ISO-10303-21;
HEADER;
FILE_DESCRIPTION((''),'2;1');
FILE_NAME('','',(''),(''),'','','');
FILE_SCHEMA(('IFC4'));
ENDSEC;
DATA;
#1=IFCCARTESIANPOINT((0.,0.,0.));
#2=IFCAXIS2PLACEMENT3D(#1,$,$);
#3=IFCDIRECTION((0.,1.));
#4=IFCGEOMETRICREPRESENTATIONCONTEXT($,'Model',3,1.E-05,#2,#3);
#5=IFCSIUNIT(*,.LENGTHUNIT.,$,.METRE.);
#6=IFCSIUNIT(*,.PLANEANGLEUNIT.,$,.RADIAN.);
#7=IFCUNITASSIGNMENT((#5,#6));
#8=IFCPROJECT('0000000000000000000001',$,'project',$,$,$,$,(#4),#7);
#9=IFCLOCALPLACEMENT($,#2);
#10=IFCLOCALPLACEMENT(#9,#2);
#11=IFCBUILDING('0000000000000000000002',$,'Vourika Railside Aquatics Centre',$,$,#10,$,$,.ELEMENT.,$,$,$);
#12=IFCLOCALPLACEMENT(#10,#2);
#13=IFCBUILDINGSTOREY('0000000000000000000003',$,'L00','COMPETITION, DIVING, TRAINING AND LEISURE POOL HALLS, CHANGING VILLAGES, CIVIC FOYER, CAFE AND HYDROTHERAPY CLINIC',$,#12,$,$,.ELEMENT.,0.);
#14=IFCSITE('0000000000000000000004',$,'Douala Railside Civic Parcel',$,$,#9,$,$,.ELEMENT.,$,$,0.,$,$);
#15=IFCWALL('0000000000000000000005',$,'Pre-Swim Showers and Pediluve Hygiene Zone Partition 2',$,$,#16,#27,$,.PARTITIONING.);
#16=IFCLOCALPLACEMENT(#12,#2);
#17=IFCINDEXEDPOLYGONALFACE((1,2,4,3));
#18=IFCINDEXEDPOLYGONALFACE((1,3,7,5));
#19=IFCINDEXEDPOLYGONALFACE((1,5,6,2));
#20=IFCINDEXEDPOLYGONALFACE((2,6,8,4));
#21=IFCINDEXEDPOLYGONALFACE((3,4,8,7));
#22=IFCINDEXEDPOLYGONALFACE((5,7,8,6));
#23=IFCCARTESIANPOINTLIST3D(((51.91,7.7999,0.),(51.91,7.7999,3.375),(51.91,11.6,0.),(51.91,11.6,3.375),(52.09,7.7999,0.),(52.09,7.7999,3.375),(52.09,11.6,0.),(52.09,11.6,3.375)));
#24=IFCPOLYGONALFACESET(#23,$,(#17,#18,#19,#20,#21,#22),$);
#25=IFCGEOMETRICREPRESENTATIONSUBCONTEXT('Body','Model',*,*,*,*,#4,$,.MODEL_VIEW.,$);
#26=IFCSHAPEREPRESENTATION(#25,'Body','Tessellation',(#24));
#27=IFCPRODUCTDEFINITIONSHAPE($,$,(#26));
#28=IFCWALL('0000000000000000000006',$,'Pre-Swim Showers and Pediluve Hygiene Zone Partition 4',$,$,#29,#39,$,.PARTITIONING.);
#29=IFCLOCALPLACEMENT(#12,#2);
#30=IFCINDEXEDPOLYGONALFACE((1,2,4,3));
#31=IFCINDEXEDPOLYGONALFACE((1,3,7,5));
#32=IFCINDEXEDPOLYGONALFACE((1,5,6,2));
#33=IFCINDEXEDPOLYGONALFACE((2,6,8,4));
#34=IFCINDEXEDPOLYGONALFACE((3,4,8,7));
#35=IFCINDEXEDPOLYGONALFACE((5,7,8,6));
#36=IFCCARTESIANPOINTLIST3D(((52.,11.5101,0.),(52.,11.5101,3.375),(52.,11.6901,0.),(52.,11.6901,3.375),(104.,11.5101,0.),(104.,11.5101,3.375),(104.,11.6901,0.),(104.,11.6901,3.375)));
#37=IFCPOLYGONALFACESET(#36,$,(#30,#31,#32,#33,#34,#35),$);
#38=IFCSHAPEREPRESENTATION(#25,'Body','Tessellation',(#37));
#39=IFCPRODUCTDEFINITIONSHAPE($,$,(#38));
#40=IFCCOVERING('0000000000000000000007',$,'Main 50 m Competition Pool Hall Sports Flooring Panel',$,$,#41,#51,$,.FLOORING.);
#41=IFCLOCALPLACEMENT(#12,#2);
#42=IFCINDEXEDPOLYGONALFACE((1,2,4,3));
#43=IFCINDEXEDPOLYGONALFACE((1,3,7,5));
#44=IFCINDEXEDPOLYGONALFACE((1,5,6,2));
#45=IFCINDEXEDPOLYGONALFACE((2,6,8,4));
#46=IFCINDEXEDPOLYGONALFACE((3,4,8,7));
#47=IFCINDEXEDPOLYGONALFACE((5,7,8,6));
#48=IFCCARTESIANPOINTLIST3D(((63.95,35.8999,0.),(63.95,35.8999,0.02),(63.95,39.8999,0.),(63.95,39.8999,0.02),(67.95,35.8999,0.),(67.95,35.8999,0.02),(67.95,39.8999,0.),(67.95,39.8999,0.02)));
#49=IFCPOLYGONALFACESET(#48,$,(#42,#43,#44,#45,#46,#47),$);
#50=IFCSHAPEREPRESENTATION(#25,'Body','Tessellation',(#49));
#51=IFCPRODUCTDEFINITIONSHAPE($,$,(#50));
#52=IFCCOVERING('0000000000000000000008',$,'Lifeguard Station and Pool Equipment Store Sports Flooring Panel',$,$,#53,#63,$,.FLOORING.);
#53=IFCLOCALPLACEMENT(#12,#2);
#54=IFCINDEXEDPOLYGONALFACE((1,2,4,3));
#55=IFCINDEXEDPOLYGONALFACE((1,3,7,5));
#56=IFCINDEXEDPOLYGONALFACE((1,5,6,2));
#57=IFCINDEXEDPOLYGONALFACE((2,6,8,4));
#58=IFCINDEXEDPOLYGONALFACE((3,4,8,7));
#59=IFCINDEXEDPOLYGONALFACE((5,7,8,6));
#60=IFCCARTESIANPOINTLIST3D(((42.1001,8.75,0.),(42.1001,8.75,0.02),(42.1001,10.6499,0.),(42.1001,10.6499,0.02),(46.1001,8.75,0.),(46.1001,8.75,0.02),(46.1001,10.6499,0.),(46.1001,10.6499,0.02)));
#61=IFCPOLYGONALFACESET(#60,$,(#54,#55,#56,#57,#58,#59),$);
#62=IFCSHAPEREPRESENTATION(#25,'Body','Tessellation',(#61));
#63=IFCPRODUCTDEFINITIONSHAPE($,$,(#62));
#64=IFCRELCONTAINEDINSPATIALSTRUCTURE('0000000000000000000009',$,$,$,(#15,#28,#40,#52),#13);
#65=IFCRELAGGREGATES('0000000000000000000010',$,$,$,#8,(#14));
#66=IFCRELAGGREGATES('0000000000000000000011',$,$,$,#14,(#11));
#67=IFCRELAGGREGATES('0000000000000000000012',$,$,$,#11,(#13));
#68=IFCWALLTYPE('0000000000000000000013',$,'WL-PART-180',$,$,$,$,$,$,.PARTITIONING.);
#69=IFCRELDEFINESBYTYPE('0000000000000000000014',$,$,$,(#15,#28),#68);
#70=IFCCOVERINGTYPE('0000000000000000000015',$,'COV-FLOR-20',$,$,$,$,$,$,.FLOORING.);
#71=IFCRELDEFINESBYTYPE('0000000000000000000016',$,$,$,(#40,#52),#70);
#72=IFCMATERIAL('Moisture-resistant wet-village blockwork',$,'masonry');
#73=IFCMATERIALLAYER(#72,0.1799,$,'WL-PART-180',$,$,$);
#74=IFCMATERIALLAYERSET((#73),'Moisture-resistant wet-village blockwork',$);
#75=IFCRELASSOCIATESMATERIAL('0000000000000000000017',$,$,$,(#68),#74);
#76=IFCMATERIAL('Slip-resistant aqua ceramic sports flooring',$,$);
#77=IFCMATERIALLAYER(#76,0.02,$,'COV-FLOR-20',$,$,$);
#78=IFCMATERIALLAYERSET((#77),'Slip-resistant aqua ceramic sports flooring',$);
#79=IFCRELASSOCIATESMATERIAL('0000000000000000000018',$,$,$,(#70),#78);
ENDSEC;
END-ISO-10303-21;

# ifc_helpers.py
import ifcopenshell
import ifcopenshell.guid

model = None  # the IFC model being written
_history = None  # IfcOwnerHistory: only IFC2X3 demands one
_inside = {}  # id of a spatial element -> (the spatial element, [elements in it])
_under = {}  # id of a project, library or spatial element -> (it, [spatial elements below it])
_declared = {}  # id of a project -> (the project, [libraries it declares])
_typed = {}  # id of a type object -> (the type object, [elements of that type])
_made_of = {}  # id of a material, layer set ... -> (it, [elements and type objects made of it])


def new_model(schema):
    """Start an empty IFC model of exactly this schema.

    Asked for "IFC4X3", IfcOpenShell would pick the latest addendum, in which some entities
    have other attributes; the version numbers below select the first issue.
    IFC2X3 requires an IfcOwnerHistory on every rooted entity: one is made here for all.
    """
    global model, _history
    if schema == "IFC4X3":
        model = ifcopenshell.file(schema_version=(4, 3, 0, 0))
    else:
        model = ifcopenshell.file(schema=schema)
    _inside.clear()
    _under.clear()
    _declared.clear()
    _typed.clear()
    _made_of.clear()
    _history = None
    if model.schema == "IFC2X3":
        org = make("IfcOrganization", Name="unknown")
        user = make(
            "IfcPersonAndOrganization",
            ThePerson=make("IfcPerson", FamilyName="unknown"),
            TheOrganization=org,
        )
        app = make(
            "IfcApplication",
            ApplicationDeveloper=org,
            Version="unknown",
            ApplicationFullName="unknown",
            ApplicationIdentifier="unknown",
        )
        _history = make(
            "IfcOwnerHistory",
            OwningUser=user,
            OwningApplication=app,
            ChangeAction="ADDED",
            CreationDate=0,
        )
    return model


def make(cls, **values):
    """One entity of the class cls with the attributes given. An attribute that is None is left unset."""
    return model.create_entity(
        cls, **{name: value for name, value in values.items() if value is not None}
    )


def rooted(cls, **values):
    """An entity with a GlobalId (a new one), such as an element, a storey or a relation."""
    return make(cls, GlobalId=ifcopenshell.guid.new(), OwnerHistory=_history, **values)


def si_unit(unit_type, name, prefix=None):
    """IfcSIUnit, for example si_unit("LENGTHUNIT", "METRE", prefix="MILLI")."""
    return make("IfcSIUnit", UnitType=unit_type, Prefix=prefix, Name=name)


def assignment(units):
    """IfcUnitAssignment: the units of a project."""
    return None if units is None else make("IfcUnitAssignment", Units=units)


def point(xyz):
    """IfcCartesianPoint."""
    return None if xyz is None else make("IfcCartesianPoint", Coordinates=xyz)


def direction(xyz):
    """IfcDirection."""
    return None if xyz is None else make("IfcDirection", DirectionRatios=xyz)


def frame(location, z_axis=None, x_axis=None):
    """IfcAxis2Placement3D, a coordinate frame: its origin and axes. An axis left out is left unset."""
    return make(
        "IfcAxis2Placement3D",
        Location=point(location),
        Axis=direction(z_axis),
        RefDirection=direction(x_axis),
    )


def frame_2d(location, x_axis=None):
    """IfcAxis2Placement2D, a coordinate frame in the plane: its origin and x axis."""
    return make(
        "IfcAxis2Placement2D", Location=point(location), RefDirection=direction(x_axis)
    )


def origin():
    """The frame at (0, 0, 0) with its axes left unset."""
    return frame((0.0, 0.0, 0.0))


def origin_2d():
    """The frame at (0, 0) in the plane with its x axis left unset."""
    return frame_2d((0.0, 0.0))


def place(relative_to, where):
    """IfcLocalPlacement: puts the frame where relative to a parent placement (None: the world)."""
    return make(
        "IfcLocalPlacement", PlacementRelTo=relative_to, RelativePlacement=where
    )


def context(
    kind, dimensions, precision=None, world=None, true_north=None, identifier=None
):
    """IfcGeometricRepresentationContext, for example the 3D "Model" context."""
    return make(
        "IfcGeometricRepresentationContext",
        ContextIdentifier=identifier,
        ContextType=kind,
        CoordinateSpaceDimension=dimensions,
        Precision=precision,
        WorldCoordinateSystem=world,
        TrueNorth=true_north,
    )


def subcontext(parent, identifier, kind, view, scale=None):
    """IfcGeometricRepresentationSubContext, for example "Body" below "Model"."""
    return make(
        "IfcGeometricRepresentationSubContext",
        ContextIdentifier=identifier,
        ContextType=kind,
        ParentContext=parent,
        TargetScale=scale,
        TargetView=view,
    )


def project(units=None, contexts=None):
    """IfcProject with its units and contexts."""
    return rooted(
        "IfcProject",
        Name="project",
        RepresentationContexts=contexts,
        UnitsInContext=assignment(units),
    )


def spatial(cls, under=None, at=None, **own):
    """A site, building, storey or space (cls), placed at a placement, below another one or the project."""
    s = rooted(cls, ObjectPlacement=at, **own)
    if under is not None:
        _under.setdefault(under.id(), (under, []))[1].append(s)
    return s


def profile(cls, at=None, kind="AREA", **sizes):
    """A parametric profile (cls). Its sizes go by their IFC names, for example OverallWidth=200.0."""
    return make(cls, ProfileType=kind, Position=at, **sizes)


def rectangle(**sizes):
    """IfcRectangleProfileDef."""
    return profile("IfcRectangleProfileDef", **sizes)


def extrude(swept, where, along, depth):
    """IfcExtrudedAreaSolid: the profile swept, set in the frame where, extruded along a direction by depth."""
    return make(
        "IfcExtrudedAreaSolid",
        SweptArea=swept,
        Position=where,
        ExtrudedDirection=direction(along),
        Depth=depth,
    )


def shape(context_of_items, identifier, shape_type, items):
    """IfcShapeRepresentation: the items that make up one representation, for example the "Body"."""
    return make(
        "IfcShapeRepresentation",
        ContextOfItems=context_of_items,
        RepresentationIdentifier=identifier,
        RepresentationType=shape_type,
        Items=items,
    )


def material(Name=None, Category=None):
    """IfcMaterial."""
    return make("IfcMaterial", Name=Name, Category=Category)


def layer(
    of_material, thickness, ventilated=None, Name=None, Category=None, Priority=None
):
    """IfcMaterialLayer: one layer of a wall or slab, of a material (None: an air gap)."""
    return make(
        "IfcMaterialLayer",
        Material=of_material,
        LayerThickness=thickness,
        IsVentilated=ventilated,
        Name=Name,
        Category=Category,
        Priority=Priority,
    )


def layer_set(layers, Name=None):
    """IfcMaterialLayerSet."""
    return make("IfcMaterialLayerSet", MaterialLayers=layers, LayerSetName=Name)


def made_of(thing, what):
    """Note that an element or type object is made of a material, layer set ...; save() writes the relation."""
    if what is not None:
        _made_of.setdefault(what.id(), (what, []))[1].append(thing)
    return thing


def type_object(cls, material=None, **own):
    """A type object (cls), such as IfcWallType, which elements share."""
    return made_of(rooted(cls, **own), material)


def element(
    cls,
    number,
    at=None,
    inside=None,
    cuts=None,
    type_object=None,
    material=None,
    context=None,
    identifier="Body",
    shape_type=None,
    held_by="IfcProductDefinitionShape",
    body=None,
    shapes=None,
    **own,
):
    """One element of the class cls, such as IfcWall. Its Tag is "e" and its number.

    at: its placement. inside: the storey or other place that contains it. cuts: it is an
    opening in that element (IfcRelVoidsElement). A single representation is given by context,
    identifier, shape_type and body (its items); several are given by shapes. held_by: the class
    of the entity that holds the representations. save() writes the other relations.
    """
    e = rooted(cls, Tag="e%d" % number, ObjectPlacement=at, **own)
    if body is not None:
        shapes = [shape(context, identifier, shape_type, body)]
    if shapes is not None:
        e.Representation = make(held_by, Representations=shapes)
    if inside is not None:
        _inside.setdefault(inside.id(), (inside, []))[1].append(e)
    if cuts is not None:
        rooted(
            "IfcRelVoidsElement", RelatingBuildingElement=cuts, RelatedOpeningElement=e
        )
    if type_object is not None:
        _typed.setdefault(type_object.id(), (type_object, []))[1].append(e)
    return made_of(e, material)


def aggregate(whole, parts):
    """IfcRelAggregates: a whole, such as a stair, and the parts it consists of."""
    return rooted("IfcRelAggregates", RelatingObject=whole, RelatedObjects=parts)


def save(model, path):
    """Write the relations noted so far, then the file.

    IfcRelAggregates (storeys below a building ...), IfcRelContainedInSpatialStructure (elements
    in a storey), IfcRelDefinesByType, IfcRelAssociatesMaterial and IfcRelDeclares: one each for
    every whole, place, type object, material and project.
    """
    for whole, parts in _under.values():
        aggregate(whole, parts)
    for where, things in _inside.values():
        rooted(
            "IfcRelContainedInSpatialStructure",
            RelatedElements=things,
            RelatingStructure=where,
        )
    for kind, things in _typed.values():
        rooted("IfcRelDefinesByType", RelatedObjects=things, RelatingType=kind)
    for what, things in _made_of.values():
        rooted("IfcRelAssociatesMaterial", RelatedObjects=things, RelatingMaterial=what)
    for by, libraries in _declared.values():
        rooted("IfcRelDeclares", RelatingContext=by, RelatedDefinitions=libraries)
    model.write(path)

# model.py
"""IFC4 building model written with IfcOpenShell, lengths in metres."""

from ifc_helpers import new_model, si_unit, direction, frame, frame_2d, origin, origin_2d, place, context, subcontext, project, spatial, rectangle, extrude, material, layer, layer_set, type_object, element, save


model = new_model("IFC4")

# Units and contexts
model_context = context("Model", 3, precision=1e-05, world=origin(), true_north=direction((0.0, 1.0)))
body_context = subcontext(model_context, "Body", "Model", "MODEL_VIEW")
ifc_project = project(units=[si_unit("LENGTHUNIT", "METRE"), si_unit("PLANEANGLEUNIT", "RADIAN")], contexts=[model_context])

# Site, building, storey
site_placement = place(None, origin())
site = spatial("IfcSite", under=ifc_project, at=site_placement, Name="Douala Railside Civic Parcel", CompositionType="ELEMENT", RefElevation=0.0)
building_placement = place(site_placement, origin())
building = spatial("IfcBuilding", under=site, at=building_placement, Name="Vourika Railside Aquatics Centre", CompositionType="ELEMENT")
storey_placement = place(building_placement, origin())
storey = spatial("IfcBuildingStorey", under=building, at=storey_placement, Name="L00", Description="COMPETITION, DIVING, TRAINING AND LEISURE POOL HALLS, CHANGING VILLAGES, CIVIC FOYER, CAFE AND HYDROTHERAPY CLINIC", CompositionType="ELEMENT", Elevation=0.0)

# Walls
ifc_material_1 = material(Name="Moisture-resistant wet-village blockwork", Category="masonry")
ifc_layer_1 = layer(ifc_material_1, 0.1799, Name="WL-PART-180")
ifc_layer_set_1 = layer_set([ifc_layer_1], Name="Moisture-resistant wet-village blockwork")
wall_type = type_object("IfcWallType", Name="WL-PART-180", PredefinedType="PARTITIONING", material=ifc_layer_set_1)
wall_1_placement = place(storey_placement, frame((52.0, 7.8, 0.0), z_axis=(0.0, 0.0, 1.0), x_axis=(0.0, 1.0, 0.0)))
element("IfcWall", 1, at=wall_1_placement, inside=storey, type_object=wall_type, Name="Pre-Swim Showers and Pediluve Hygiene Zone Partition 2", PredefinedType="PARTITIONING", context=body_context, shape_type="SweptSolid", body=[
    extrude(rectangle(XDim=3.8, YDim=0.1799, at=frame_2d((1.8999, 0.0))), origin(), (0.0, 0.0, 1.0), 3.375),
])
wall_2_placement = place(storey_placement, frame((52.0, 11.6001, 0.0), z_axis=(0.0, 0.0, 1.0), x_axis=(1.0, 0.0, 0.0)))
element("IfcWall", 2, at=wall_2_placement, inside=storey, type_object=wall_type, Name="Pre-Swim Showers and Pediluve Hygiene Zone Partition 4", PredefinedType="PARTITIONING", context=body_context, shape_type="SweptSolid", body=[
    extrude(rectangle(XDim=52.0, YDim=0.1799, at=frame_2d((26.0, 0.0))), origin(), (0.0, 0.0, 1.0), 3.375),
])

# Coverings
ifc_material_2 = material(Name="Slip-resistant aqua ceramic sports flooring")
ifc_layer_2 = layer(ifc_material_2, 0.02, Name="COV-FLOR-20")
ifc_layer_set_2 = layer_set([ifc_layer_2], Name="Slip-resistant aqua ceramic sports flooring")
covering_type = type_object("IfcCoveringType", Name="COV-FLOR-20", PredefinedType="FLOORING", material=ifc_layer_set_2)
covering_1_placement = place(storey_placement, frame((65.95, 37.8999, 0.0), z_axis=(0.0, 0.0, 1.0), x_axis=(1.0, 0.0, 0.0)))
element("IfcCovering", 3, at=covering_1_placement, inside=storey, type_object=covering_type, Name="Main 50 m Competition Pool Hall Sports Flooring Panel", PredefinedType="FLOORING", context=body_context, shape_type="SweptSolid", body=[
    extrude(rectangle(XDim=4.0, YDim=4.0, at=origin_2d()), origin(), (0.0, 0.0, 1.0), 0.02),
])
covering_2_placement = place(storey_placement, frame((44.1001, 9.7, 0.0), z_axis=(0.0, 0.0, 1.0), x_axis=(1.0, 0.0, 0.0)))
element("IfcCovering", 4, at=covering_2_placement, inside=storey, type_object=covering_type, Name="Lifeguard Station and Pool Equipment Store Sports Flooring Panel", PredefinedType="FLOORING", context=body_context, shape_type="SweptSolid", body=[
    extrude(rectangle(XDim=4.0, YDim=1.8999, at=origin_2d()), origin(), (0.0, 0.0, 1.0), 0.02),
])

save(model, "model.ifc")
